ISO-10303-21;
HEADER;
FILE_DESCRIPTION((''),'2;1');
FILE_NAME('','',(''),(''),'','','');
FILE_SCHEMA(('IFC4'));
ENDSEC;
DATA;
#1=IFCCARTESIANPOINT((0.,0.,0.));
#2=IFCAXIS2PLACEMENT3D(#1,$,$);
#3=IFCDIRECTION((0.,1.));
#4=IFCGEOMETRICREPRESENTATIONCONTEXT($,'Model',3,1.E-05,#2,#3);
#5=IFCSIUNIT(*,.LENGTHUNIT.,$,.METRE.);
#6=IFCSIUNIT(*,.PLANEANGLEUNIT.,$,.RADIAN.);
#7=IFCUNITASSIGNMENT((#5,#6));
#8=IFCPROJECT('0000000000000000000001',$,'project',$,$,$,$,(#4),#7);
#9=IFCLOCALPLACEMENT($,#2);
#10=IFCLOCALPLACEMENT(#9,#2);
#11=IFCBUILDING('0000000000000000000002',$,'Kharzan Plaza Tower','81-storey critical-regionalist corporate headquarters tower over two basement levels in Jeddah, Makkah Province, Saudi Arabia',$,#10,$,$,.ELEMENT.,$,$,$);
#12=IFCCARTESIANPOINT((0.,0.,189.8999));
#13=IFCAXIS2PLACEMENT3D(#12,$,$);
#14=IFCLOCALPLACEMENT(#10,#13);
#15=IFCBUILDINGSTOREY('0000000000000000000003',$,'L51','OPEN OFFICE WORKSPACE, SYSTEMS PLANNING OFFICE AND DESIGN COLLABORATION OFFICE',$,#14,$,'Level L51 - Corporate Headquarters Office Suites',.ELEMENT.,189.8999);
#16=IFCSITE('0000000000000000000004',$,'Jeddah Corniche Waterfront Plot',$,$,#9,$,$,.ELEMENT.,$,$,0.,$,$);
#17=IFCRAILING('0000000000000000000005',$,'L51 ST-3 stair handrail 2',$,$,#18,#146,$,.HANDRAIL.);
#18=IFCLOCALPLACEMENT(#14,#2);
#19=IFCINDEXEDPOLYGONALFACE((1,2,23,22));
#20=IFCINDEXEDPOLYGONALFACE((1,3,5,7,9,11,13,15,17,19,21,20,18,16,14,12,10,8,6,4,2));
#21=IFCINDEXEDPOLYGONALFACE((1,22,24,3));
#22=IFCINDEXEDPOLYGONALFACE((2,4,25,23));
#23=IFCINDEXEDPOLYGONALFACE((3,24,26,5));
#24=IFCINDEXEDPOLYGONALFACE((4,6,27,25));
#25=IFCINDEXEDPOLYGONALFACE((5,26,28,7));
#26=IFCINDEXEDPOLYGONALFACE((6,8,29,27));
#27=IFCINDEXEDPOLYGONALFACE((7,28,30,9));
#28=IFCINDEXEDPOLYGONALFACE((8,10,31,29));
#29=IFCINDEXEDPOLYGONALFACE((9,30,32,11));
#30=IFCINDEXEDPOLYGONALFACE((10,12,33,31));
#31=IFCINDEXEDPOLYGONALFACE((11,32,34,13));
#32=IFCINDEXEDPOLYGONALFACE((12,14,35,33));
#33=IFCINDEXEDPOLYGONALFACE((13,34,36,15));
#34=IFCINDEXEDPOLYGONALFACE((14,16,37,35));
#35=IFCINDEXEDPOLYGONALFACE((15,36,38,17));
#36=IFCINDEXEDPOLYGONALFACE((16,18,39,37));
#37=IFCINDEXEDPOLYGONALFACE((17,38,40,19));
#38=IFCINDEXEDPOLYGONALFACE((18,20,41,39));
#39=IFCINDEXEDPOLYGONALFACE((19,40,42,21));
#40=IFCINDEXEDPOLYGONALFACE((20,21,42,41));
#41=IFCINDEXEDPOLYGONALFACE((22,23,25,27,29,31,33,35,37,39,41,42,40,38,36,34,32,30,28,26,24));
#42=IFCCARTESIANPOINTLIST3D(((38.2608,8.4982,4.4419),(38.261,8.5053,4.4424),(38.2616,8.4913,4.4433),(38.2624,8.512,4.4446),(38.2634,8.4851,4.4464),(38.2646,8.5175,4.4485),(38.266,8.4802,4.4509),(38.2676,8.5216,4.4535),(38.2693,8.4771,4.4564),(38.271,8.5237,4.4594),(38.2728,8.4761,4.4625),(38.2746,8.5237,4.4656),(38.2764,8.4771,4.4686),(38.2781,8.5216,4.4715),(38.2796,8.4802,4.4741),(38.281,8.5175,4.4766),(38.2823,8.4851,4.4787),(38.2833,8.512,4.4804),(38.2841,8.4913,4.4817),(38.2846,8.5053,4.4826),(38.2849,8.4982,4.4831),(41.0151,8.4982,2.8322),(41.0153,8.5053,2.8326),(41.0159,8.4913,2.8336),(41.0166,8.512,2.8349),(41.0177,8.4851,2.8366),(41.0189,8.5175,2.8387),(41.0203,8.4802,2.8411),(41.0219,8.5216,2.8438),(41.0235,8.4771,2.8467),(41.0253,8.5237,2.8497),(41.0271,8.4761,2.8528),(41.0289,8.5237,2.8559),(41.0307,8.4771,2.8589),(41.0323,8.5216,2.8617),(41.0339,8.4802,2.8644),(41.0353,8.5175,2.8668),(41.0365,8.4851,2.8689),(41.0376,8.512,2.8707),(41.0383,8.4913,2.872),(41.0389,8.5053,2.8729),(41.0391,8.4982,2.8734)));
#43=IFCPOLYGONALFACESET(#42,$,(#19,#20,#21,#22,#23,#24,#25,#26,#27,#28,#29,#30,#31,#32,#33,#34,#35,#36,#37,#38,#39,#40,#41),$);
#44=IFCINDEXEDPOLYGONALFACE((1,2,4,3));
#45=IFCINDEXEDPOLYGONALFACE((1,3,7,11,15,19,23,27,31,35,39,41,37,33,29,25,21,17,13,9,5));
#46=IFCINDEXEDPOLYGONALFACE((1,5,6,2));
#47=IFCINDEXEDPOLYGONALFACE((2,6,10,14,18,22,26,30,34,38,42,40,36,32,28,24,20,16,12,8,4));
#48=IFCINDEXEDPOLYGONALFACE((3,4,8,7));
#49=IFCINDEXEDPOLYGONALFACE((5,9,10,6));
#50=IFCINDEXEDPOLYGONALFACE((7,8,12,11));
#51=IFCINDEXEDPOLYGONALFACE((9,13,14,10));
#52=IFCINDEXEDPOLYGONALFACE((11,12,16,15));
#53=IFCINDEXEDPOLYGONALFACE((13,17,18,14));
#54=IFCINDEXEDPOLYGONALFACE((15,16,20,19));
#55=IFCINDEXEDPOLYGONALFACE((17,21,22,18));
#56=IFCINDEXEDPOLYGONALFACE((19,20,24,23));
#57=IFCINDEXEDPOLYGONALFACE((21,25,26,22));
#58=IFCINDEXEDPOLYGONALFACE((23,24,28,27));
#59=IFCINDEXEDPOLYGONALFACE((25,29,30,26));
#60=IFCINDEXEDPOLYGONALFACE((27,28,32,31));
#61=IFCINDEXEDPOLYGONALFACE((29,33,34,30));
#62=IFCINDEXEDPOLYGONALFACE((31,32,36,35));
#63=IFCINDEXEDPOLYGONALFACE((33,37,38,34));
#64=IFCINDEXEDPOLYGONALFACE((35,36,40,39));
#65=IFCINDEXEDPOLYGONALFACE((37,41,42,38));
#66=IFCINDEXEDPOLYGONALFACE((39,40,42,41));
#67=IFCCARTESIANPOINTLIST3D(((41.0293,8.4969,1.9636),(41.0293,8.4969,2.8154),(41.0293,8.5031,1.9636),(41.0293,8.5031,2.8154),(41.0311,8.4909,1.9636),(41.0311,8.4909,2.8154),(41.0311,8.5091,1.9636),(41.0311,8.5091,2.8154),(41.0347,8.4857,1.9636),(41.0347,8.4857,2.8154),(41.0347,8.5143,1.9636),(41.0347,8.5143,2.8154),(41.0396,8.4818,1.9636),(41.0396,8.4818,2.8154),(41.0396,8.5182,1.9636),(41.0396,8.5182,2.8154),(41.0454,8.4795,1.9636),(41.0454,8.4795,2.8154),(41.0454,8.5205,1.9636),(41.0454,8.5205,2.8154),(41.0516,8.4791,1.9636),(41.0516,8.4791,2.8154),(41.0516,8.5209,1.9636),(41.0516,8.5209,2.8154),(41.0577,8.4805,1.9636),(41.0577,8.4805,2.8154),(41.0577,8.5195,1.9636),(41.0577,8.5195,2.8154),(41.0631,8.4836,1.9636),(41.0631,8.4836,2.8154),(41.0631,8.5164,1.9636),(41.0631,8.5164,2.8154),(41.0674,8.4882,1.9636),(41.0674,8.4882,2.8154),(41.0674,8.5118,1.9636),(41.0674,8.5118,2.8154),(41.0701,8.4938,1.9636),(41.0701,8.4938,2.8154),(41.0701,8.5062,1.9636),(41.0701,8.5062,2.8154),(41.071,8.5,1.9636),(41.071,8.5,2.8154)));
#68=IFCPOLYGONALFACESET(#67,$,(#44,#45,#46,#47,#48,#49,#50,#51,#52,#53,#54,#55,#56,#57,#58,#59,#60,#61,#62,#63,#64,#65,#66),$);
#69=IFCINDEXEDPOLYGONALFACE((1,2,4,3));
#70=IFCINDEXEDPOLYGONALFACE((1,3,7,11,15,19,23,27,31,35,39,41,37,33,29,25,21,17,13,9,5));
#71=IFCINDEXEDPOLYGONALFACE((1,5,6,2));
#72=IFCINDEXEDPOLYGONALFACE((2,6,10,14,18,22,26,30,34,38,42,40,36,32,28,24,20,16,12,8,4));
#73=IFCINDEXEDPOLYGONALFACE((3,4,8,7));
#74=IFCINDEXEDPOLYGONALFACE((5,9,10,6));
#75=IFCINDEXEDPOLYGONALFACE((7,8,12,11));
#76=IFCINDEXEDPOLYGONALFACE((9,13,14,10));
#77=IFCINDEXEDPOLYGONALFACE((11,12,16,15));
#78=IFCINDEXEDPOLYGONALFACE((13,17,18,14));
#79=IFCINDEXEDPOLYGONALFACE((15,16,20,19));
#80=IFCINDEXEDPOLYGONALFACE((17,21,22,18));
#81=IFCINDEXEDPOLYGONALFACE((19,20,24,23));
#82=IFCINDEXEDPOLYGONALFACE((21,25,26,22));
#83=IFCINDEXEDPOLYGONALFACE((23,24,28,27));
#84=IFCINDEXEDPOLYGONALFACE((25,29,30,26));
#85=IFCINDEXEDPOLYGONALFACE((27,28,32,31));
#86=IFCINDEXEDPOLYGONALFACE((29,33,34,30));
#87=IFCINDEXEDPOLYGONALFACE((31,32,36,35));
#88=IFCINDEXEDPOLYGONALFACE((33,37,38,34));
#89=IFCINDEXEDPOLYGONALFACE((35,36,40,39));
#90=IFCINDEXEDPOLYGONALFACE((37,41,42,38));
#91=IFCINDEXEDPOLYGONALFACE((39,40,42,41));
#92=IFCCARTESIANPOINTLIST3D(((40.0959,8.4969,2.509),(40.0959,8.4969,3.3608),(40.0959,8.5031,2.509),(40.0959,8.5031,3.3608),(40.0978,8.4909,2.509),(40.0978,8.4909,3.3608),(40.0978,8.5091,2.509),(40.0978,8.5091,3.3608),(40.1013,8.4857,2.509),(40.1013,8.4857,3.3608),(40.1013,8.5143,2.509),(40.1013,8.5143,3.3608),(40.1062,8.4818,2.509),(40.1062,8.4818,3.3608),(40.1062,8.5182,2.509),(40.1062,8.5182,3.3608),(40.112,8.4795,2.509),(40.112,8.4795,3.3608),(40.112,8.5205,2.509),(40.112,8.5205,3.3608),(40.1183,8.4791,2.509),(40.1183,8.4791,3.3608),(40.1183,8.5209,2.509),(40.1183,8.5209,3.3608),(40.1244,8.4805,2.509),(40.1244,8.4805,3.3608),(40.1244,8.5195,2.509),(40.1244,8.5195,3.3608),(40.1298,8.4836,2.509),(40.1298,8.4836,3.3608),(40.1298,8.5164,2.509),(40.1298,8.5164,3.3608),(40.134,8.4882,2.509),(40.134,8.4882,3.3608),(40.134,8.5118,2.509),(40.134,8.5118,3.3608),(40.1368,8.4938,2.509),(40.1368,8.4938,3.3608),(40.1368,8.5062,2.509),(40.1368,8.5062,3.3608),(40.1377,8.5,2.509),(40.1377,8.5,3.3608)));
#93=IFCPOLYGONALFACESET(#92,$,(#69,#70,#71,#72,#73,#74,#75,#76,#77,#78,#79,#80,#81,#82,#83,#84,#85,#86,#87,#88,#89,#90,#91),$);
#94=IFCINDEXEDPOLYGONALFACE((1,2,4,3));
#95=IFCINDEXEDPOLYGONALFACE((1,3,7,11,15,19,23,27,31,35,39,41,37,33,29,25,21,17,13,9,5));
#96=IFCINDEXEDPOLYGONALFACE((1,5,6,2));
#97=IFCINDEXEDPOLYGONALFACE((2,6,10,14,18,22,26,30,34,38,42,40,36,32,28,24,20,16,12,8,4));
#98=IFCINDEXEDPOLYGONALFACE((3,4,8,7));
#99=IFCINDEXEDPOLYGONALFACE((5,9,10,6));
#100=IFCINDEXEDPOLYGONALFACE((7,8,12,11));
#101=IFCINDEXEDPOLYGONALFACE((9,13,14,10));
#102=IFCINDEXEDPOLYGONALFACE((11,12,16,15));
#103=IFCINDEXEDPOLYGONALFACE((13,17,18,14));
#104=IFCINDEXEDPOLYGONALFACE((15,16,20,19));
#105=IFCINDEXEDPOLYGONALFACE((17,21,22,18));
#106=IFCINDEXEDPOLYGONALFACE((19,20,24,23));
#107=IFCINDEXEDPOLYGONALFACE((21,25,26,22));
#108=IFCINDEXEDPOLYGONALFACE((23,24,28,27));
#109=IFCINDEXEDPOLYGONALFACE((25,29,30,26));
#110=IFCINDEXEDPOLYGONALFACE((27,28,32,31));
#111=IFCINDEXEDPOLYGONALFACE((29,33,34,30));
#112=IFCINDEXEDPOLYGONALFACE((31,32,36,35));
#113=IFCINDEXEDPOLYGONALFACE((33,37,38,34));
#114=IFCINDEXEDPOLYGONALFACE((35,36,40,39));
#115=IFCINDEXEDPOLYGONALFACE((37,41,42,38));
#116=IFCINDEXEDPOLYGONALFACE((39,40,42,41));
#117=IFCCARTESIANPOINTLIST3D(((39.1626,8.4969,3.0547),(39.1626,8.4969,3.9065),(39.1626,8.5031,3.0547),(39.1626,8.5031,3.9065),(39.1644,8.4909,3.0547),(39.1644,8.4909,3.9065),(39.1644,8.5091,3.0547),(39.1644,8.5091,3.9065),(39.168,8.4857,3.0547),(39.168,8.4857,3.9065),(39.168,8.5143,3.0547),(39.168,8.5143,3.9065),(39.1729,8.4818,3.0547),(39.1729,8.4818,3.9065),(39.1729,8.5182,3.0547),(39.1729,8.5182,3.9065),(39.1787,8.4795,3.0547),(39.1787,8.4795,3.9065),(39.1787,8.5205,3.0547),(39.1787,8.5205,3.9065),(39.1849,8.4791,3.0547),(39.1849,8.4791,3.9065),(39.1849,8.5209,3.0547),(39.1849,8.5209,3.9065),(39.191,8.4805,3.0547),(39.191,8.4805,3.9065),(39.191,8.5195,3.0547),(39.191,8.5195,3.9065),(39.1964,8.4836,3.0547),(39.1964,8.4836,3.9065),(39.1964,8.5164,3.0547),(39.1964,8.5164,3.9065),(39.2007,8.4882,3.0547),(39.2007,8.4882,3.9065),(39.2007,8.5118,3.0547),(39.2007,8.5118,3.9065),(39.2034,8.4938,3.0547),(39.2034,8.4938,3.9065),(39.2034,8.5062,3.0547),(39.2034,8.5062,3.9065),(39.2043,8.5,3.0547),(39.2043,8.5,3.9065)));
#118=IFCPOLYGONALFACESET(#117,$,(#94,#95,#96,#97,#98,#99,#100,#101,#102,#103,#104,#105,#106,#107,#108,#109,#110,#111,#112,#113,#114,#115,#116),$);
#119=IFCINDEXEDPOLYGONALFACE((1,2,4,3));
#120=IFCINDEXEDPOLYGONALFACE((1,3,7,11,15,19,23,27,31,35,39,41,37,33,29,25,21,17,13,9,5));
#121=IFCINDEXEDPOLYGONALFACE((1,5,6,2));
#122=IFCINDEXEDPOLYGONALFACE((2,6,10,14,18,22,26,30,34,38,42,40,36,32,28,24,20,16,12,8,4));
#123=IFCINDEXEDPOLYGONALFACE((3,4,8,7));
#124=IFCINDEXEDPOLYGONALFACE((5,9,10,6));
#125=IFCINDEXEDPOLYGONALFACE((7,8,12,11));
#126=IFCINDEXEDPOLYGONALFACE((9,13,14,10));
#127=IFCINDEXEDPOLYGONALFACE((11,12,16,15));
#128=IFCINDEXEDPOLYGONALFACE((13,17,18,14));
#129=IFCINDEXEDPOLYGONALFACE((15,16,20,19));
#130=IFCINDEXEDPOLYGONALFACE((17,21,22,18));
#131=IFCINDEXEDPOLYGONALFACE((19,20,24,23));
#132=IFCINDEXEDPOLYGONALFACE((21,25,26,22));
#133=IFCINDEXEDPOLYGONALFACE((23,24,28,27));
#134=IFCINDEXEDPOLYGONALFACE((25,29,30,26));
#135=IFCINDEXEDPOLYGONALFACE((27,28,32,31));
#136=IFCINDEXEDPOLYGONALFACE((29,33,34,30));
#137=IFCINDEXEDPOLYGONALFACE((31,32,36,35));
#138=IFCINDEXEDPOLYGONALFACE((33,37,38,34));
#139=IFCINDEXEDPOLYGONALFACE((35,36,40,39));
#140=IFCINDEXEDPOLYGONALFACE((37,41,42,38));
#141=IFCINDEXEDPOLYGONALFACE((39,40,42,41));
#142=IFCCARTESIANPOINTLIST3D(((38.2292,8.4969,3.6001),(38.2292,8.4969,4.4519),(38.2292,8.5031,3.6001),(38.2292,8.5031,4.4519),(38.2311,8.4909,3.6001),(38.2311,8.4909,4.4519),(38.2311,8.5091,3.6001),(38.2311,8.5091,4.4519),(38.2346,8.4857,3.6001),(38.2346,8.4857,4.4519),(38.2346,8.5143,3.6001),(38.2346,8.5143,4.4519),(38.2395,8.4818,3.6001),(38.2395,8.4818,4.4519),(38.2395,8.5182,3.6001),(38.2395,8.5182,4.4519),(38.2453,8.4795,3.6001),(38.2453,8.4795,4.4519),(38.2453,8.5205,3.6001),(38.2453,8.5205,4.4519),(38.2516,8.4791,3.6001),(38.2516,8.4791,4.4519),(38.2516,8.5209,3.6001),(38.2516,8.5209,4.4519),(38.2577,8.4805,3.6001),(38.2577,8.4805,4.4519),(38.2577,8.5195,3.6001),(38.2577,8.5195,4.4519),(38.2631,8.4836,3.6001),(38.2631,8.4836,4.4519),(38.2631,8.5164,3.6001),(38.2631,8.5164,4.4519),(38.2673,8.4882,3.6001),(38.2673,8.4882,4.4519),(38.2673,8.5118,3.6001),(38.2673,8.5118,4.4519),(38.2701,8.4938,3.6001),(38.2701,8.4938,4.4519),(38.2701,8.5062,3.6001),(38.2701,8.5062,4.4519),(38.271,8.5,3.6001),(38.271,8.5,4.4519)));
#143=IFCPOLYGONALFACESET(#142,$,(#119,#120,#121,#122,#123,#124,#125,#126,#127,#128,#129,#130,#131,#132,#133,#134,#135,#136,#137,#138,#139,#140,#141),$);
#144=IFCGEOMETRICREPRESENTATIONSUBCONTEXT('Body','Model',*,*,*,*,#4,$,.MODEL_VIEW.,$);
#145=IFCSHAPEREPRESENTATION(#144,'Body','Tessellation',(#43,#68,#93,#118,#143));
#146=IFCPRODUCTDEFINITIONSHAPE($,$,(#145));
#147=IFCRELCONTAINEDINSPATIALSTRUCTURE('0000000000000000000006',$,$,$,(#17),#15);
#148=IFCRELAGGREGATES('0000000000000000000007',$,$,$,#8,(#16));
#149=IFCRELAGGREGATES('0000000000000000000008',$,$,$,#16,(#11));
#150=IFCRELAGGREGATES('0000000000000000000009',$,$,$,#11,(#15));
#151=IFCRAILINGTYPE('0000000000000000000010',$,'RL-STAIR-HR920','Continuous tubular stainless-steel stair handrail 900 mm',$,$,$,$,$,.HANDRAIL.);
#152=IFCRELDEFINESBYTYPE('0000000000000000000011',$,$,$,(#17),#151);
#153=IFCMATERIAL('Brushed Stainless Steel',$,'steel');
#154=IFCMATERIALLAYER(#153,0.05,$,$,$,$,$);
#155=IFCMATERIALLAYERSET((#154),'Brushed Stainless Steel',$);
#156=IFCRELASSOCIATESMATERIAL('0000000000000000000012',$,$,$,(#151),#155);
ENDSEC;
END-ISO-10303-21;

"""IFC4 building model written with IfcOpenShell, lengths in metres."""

from ifc_helpers import new_model, si_unit, direction, frame, origin, origin_2d, place, context, subcontext, project, spatial, circle, extrude, source, transform, mapped, material, layer, layer_set, type_object, element, save


model = new_model("IFC4")

# Units and contexts
model_context = context("Model", 3, precision=1e-05, world=origin(), true_north=direction((0.0, 1.0)))
body_context = subcontext(model_context, "Body", "Model", "MODEL_VIEW")
ifc_project = project(units=[si_unit("LENGTHUNIT", "METRE"), si_unit("PLANEANGLEUNIT", "RADIAN")], contexts=[model_context])

# Site, building, storey
site_placement = place(None, origin())
site = spatial("IfcSite", under=ifc_project, at=site_placement, Name="Jeddah Corniche Waterfront Plot", CompositionType="ELEMENT", RefElevation=0.0)
building_placement = place(site_placement, origin())
building = spatial("IfcBuilding", under=site, at=building_placement, Name="Kharzan Plaza Tower", Description="81-storey critical-regionalist corporate headquarters tower over two basement levels in Jeddah, Makkah Province, Saudi Arabia", CompositionType="ELEMENT")
storey_placement = place(building_placement, frame((0.0, 0.0, 189.8999)))
storey = spatial("IfcBuildingStorey", under=building, at=storey_placement, Name="L51", Description="OPEN OFFICE WORKSPACE, SYSTEMS PLANNING OFFICE AND DESIGN COLLABORATION OFFICE", LongName="Level L51 - Corporate Headquarters Office Suites", CompositionType="ELEMENT", Elevation=189.8999)

# Railing
ifc_material_1 = material(Name="Brushed Stainless Steel", Category="steel")
ifc_layer_1 = layer(ifc_material_1, 0.05)
ifc_layer_set_1 = layer_set([ifc_layer_1], Name="Brushed Stainless Steel")
railing_type_1 = type_object("IfcRailingType", Name="RL-STAIR-HR920", Description="Continuous tubular stainless-steel stair handrail 900 mm", PredefinedType="HANDRAIL", material=ifc_layer_set_1)
shared_shape_1 = source(origin(), body_context, "Body", "SweptSolid", [
    extrude(circle(Radius=0.0239, at=origin_2d()), frame((-0.0229, 0.0, 0.8892), z_axis=(-0.863361, 0.0, 0.504587), x_axis=(0.0, -1.0, 0.0)), (0.0, 0.0, 1.0), 3.1902),
    extrude(circle(Radius=0.021, at=origin_2d()), origin(), (0.0, 0.0, 1.0), 0.8518),
    extrude(circle(Radius=0.021, at=origin_2d()), frame((-0.9333, 0.0, 0.5454)), (0.0, 0.0, 1.0), 0.8518),
    extrude(circle(Radius=0.021, at=origin_2d()), frame((-1.8667, 0.0, 1.0911)), (0.0, 0.0, 1.0), 0.8518),
    extrude(circle(Radius=0.021, at=origin_2d()), frame((-2.8, 0.0, 1.6365)), (0.0, 0.0, 1.0), 0.8518),
])
railing_1_placement = place(storey_placement, frame((41.05, 8.5, 1.9636)))
element("IfcRailing", 1, at=railing_1_placement, inside=storey, type_object=railing_type_1, Name="L51 ST-3 stair handrail 2", PredefinedType="HANDRAIL", context=body_context, shape_type="MappedRepresentation", body=[
    mapped(shared_shape_1, transform((0.0, 0.0, 0.0), x_axis=(1.0, 0.0, 0.0), y_axis=(0.0, 1.0, 0.0), z_axis=(0.0, 0.0, 1.0))),
])

save(model, "model.ifc")
